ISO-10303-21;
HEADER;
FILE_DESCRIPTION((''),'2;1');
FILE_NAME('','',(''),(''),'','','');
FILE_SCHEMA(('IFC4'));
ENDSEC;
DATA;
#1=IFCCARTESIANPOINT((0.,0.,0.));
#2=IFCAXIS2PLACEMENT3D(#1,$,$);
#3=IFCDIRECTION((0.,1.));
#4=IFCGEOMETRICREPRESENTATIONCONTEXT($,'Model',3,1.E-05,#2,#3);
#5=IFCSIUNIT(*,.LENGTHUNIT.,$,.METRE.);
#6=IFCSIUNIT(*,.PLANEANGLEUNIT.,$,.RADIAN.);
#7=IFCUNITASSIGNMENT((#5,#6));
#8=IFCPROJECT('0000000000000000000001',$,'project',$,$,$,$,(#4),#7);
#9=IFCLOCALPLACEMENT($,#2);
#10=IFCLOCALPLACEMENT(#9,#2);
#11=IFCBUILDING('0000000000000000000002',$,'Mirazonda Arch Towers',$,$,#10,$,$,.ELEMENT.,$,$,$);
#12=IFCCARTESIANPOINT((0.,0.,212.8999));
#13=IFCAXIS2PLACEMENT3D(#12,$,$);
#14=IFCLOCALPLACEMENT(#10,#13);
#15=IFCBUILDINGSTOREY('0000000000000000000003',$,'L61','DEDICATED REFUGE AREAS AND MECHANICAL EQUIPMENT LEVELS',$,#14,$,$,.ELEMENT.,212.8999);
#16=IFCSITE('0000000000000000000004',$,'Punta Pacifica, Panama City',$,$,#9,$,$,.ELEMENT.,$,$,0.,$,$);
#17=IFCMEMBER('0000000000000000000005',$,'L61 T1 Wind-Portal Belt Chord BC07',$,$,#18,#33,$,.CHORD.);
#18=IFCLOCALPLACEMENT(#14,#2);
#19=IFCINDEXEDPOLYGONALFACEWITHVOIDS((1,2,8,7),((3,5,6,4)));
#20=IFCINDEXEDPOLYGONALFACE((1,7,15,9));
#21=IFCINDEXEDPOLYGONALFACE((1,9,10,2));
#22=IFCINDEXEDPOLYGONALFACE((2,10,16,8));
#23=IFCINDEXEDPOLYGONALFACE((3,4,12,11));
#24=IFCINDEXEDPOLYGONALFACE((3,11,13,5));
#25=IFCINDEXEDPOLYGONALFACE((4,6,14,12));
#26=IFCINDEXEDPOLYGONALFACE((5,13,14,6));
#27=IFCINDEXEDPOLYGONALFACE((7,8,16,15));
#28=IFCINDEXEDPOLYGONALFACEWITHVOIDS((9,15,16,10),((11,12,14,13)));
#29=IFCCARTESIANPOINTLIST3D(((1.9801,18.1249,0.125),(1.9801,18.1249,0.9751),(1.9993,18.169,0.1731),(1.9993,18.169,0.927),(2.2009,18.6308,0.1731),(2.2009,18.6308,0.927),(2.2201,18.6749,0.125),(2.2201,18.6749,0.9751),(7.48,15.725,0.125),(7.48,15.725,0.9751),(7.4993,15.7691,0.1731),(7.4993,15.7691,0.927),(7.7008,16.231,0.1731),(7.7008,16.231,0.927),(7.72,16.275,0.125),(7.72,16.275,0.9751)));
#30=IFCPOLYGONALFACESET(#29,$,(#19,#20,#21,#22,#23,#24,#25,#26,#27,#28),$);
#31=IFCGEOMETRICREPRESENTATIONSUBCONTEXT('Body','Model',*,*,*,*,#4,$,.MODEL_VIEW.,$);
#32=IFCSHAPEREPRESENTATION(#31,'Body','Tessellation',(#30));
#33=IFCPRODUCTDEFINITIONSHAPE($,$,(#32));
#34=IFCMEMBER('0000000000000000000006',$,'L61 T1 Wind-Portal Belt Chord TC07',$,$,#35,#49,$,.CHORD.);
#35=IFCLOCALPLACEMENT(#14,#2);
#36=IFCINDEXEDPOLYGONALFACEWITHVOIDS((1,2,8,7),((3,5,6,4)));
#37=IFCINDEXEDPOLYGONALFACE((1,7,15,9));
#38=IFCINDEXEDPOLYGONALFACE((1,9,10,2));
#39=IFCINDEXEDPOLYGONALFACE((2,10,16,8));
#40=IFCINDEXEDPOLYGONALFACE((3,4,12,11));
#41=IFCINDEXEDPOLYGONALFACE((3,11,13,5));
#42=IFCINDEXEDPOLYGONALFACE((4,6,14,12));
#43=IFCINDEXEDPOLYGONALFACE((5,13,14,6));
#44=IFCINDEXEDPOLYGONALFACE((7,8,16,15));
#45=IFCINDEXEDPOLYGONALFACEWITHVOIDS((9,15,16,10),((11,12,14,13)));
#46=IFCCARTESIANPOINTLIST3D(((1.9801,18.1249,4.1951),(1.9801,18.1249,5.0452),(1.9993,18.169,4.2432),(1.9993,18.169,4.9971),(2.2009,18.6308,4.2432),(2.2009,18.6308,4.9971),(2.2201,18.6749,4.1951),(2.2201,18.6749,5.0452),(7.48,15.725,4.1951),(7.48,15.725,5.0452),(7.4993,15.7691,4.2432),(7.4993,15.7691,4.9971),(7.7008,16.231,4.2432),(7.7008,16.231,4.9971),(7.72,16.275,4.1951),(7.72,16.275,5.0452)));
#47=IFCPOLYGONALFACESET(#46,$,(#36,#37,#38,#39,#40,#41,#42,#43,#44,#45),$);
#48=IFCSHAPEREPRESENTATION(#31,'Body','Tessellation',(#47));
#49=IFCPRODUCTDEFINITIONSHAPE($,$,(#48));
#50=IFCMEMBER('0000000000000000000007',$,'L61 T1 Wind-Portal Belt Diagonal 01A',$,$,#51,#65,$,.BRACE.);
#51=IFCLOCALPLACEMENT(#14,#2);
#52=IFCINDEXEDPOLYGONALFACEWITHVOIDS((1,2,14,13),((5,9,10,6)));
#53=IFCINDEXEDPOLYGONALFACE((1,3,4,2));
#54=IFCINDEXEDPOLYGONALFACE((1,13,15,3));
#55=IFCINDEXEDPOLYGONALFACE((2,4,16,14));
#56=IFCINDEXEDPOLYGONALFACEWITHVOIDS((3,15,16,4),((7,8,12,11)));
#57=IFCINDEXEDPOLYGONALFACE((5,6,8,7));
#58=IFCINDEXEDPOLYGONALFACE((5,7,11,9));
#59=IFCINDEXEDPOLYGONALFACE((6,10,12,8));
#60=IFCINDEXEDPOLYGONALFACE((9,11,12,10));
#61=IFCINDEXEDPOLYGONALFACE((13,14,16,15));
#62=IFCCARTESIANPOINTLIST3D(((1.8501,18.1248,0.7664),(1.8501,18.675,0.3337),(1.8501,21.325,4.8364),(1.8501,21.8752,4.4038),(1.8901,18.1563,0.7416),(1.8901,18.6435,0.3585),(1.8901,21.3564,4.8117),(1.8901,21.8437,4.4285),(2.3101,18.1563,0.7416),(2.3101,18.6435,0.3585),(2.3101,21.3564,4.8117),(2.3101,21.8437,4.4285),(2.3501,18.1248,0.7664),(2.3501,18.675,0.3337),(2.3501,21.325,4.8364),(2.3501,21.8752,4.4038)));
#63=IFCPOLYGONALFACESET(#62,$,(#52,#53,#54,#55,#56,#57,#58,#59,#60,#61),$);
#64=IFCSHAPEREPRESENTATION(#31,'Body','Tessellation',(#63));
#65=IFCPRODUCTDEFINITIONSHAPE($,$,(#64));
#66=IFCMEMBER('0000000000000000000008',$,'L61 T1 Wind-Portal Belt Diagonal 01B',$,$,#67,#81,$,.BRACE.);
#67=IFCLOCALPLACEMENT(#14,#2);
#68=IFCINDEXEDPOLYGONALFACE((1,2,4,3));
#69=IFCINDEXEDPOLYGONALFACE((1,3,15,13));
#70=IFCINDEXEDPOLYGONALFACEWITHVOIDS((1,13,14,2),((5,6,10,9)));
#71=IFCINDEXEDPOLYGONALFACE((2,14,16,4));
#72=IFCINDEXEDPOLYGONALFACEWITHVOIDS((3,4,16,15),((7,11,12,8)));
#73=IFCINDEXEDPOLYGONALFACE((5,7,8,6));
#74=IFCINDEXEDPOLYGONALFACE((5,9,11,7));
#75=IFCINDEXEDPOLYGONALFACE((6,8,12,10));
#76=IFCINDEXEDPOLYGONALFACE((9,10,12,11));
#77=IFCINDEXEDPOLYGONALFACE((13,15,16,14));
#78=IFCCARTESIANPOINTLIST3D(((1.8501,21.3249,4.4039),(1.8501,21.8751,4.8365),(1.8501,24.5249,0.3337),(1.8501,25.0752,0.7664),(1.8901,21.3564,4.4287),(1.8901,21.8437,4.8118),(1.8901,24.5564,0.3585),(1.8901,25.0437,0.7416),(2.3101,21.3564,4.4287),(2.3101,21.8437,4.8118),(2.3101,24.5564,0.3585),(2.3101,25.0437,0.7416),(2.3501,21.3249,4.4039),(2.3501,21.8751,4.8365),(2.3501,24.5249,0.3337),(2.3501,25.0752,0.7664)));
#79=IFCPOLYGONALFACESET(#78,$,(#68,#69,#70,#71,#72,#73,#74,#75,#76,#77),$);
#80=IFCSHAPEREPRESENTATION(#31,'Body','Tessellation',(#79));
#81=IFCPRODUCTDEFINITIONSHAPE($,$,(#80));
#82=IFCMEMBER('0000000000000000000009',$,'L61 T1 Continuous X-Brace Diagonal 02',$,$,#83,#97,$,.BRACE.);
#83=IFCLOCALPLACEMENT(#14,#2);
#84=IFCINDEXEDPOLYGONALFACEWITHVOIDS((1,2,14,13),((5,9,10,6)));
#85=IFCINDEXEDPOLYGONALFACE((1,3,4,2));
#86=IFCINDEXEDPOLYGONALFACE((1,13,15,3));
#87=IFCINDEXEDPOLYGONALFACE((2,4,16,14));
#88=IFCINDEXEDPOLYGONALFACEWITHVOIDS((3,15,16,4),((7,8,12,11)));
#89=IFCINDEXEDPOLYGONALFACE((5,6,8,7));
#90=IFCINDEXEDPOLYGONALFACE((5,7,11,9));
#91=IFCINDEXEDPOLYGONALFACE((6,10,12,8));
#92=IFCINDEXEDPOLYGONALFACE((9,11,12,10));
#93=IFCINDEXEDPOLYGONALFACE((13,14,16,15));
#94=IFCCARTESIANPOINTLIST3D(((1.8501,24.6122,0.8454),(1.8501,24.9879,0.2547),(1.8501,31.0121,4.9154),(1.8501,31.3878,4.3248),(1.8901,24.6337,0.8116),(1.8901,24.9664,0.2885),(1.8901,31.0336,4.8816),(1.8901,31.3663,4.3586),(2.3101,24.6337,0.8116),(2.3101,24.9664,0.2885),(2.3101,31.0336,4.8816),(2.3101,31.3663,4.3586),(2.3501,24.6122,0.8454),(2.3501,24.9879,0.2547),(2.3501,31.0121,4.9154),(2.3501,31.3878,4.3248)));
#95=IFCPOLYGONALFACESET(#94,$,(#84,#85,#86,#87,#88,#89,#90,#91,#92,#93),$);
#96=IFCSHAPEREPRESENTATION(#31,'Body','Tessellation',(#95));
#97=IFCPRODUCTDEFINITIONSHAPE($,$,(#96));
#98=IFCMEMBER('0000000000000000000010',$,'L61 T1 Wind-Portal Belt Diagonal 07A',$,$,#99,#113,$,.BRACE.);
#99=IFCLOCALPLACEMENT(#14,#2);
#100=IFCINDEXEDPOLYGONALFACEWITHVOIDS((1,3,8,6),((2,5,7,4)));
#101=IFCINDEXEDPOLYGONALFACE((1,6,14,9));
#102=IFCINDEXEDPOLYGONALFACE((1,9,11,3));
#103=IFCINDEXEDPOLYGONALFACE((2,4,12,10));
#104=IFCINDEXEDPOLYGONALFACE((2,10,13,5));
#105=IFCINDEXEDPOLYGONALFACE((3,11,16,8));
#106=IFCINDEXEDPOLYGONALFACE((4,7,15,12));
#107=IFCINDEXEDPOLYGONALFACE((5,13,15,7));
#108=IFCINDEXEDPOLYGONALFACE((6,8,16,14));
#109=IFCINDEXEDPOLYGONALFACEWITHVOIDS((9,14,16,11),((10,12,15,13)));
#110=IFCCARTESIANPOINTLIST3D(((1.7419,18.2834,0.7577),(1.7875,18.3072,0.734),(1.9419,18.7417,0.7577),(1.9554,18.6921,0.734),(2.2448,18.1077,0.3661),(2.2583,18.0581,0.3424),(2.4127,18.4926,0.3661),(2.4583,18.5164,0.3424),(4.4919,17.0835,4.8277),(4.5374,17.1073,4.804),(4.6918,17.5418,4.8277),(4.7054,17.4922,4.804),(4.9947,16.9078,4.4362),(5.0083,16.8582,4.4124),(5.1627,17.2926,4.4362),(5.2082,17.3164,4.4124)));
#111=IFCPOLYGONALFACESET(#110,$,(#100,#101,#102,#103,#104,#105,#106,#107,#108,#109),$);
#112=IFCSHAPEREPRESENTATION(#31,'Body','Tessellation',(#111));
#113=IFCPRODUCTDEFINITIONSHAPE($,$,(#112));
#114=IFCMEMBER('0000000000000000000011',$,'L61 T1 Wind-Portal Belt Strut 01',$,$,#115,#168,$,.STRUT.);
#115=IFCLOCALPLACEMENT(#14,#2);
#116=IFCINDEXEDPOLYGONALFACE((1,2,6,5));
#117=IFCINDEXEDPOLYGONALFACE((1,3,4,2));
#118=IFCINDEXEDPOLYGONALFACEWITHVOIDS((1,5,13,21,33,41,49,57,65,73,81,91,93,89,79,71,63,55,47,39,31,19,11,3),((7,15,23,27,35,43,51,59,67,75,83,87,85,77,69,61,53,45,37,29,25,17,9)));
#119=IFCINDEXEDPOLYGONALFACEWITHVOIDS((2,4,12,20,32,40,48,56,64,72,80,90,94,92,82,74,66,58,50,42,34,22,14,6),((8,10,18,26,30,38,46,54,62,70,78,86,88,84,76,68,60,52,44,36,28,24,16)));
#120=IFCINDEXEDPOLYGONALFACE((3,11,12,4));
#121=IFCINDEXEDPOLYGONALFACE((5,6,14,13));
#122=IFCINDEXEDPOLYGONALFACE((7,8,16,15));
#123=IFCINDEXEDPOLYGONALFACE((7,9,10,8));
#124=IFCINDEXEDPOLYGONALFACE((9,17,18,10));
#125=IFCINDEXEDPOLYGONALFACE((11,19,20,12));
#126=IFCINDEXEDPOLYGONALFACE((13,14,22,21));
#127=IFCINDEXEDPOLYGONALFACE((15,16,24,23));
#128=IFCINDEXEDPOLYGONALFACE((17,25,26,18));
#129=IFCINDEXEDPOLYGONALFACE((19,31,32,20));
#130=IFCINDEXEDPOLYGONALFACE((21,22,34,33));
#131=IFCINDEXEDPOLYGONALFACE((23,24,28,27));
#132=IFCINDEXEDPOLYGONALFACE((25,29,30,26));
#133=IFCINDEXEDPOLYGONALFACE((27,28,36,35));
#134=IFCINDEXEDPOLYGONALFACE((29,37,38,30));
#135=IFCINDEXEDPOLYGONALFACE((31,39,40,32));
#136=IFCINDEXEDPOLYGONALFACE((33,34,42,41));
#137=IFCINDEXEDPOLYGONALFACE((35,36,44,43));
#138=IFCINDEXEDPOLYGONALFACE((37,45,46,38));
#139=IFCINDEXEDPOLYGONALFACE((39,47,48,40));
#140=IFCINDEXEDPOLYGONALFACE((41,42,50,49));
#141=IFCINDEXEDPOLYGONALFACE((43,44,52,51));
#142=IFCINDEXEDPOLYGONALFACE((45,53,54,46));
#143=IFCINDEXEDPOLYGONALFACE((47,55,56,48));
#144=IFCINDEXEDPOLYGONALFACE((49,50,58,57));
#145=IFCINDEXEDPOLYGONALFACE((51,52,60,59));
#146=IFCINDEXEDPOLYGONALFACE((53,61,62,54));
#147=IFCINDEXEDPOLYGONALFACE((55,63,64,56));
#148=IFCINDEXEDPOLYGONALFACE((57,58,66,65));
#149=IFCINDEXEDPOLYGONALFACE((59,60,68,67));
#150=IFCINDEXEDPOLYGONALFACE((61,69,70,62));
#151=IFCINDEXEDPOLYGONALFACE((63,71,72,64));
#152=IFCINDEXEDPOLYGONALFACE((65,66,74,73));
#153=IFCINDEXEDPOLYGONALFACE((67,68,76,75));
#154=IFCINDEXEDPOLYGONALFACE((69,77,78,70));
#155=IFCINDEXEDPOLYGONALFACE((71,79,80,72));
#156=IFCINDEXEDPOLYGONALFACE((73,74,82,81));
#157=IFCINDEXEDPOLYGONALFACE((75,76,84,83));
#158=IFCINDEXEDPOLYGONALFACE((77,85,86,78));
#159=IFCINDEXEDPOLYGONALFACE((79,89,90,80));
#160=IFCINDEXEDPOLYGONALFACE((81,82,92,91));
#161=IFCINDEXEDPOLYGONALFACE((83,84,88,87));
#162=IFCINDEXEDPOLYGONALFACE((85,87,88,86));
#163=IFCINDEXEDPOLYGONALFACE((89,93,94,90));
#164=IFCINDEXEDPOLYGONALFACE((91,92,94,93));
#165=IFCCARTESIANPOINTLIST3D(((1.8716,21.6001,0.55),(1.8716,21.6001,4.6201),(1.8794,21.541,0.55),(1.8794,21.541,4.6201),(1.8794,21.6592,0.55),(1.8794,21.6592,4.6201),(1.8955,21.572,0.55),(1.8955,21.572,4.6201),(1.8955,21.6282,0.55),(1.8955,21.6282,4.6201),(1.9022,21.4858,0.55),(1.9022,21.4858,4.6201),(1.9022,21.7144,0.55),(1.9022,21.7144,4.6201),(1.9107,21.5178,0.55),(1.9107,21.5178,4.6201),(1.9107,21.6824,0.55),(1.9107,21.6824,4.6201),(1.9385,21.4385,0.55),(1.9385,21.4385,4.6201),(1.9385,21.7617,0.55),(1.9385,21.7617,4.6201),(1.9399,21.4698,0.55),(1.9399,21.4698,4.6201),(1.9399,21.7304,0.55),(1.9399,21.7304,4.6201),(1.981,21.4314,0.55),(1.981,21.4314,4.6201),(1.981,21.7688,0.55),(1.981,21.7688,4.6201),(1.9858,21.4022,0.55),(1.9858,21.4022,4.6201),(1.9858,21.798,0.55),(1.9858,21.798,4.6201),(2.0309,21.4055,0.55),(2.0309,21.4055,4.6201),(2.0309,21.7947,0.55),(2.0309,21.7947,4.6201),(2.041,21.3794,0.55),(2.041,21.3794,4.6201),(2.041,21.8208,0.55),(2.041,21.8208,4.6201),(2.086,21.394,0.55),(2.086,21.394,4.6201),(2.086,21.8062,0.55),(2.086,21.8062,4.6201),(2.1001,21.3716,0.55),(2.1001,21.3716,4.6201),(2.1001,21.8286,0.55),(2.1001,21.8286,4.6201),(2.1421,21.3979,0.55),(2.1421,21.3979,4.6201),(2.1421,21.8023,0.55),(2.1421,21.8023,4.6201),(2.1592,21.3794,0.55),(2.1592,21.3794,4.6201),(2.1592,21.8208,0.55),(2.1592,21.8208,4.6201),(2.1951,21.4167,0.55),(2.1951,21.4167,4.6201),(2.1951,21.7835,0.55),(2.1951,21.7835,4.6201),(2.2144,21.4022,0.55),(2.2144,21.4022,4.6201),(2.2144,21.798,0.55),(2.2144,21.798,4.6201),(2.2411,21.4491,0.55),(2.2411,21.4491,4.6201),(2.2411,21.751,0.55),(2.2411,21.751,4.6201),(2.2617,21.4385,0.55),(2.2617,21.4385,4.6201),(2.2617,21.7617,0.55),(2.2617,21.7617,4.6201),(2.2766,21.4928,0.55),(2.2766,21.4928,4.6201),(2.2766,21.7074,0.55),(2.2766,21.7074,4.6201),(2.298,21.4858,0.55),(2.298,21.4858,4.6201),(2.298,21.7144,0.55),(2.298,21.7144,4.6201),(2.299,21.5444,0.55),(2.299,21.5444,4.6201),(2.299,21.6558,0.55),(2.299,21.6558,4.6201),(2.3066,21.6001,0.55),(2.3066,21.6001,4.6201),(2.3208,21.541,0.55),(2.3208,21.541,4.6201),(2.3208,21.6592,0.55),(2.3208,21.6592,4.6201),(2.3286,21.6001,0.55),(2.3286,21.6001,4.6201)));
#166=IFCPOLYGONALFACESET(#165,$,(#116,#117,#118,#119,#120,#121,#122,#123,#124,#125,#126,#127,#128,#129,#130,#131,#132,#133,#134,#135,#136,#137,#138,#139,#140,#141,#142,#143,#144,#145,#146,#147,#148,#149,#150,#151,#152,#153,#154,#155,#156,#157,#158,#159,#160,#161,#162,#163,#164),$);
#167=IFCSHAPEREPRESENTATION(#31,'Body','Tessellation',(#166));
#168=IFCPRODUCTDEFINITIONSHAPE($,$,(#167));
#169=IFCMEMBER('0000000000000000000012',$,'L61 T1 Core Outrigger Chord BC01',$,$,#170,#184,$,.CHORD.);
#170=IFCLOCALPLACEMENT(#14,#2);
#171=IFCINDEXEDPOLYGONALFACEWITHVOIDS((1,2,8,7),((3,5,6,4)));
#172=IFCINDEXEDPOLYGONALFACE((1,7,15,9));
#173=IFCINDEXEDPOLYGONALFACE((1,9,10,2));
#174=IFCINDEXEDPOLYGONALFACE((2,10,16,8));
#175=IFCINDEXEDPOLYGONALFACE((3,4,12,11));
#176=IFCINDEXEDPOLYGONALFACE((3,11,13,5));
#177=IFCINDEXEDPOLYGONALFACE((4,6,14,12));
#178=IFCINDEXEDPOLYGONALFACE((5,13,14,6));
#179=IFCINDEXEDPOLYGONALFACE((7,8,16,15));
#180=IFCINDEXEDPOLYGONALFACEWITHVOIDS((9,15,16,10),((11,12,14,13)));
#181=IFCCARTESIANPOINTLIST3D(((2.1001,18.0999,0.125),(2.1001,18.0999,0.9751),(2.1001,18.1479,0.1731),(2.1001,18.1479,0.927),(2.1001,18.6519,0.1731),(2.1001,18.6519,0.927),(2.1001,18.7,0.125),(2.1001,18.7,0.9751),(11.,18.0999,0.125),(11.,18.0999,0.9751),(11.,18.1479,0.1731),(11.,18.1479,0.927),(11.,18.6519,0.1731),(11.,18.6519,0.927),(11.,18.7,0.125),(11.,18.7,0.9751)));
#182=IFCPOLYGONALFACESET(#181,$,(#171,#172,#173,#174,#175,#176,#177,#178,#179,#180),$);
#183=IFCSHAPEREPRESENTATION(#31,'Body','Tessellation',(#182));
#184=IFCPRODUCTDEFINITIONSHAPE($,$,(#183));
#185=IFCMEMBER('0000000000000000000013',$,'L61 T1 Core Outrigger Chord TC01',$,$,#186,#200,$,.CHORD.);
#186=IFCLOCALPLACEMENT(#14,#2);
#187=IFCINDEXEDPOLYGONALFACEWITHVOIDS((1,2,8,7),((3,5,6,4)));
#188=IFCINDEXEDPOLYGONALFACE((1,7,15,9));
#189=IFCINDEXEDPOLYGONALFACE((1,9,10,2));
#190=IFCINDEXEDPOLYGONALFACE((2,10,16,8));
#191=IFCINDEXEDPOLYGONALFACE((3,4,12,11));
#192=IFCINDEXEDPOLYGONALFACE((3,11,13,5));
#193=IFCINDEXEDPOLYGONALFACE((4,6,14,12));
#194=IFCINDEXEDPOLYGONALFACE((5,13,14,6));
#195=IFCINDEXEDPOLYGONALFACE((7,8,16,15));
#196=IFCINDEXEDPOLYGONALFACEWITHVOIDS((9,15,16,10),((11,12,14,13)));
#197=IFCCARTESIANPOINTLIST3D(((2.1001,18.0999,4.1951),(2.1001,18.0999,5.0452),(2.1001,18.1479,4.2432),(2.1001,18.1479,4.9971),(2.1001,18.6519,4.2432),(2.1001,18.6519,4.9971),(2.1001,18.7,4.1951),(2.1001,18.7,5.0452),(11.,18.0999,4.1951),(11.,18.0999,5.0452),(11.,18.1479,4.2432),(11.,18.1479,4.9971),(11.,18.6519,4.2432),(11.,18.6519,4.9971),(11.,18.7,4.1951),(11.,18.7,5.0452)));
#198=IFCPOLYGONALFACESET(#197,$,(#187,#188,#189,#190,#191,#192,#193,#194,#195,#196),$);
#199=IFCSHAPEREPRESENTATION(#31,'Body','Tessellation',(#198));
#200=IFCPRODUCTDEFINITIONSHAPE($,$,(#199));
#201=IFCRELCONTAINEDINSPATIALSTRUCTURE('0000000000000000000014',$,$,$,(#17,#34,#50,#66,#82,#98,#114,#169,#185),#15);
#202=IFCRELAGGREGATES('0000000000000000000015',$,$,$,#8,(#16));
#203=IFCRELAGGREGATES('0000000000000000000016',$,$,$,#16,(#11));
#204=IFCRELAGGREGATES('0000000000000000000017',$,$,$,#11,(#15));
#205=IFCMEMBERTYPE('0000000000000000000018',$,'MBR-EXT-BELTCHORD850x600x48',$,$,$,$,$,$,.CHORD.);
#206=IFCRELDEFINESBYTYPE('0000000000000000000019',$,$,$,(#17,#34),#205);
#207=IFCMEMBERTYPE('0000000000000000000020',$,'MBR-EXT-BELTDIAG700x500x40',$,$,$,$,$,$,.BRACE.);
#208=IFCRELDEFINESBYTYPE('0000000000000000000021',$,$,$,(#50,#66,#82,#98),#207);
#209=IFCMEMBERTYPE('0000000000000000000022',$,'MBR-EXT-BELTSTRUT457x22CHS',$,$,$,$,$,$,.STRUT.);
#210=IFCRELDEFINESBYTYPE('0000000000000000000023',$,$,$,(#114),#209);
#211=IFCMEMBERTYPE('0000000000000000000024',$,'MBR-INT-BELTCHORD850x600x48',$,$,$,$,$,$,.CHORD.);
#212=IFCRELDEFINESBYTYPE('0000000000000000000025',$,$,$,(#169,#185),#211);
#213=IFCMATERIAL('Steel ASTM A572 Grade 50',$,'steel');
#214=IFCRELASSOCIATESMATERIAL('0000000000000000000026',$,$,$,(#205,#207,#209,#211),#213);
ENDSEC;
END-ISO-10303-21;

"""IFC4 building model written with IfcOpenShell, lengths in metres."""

from ifc_helpers import new_model, si_unit, direction, frame, origin, origin_2d, place, context, subcontext, project, spatial, hollow_rectangle, hollow_circle, extrude, material, material_profile, profile_set, type_object, element, save


model = new_model("IFC4")

# Units and contexts
model_context = context("Model", 3, precision=1e-05, world=origin(), true_north=direction((0.0, 1.0)))
body_context = subcontext(model_context, "Body", "Model", "MODEL_VIEW")
ifc_project = project(units=[si_unit("LENGTHUNIT", "METRE"), si_unit("PLANEANGLEUNIT", "RADIAN")], contexts=[model_context])

# Site, building, storey
site_placement = place(None, origin())
site = spatial("IfcSite", under=ifc_project, at=site_placement, Name="Punta Pacifica, Panama City", CompositionType="ELEMENT", RefElevation=0.0)
building_placement = place(site_placement, origin())
building = spatial("IfcBuilding", under=site, at=building_placement, Name="Mirazonda Arch Towers", CompositionType="ELEMENT")
storey_placement = place(building_placement, frame((0.0, 0.0, 212.8999)))
storey = spatial("IfcBuildingStorey", under=building, at=storey_placement, Name="L61", Description="DEDICATED REFUGE AREAS AND MECHANICAL EQUIPMENT LEVELS", CompositionType="ELEMENT", Elevation=212.8999)

# Shared definitions
ifc_material_1 = material(Name="Steel ASTM A572 Grade 50", Category="steel")

# Members
ifc_material_profile_1 = material_profile(ifc_material_1, hollow_rectangle(XDim=0.6001, YDim=0.8501, WallThickness=0.0481, at=origin_2d()), Name="BELTCHORD850x600x48")
ifc_profile_set_1 = profile_set([ifc_material_profile_1], Name="Steel ASTM A572 Grade 50")
member_type_1 = type_object("IfcMemberType", Name="MBR-EXT-BELTCHORD850x600x48", PredefinedType="CHORD", material=ifc_profile_set_1)
for number, where, z_axis, x_axis, name in (
    (1, (2.1001, 18.3999, 0.55), (0.916545, -0.399931, 0.0), (0.399931, 0.916545, 0.0), "L61 T1 Wind-Portal Belt Chord BC07"),
    (2, (2.1001, 18.3999, 4.6201), (0.916545, -0.399931, 0.0), (0.399931, 0.916545, 0.0), "L61 T1 Wind-Portal Belt Chord TC07"),
):
    element("IfcMember", number, at=place(storey_placement, frame(where, z_axis=z_axis, x_axis=x_axis)), inside=storey, type_object=member_type_1, Name=name, PredefinedType="CHORD", context=body_context, shape_type="SweptSolid", body=[
        extrude(hollow_rectangle(XDim=0.6001, YDim=0.8501, WallThickness=0.0481, at=origin_2d()), origin(), (0.0, 0.0, 1.0), 6.0007),
    ])
ifc_material_profile_2 = material_profile(ifc_material_1, hollow_rectangle(XDim=0.5, YDim=0.7, WallThickness=0.04, at=origin_2d()), Name="BELTDIAG700x500x40")
ifc_profile_set_2 = profile_set([ifc_material_profile_2], Name="Steel ASTM A572 Grade 50")
member_type_2 = type_object("IfcMemberType", Name="MBR-EXT-BELTDIAG700x500x40", PredefinedType="BRACE", material=ifc_profile_set_2)
for number, where, z_axis, x_axis, name in (
    (3, (2.1001, 18.3999, 0.55), (0.0, 0.618094, 0.786104), (-1.0, 0.0, 0.0), "L61 T1 Wind-Portal Belt Diagonal 01A"),
    (4, (2.1001, 24.8, 0.55), (0.0, -0.618065, 0.786127), (1.0, 0.0, 0.0), "L61 T1 Wind-Portal Belt Diagonal 01B"),
):
    element("IfcMember", number, at=place(storey_placement, frame(where, z_axis=z_axis, x_axis=x_axis)), inside=storey, type_object=member_type_2, Name=name, PredefinedType="BRACE", context=body_context, shape_type="SweptSolid", body=[
        extrude(hollow_rectangle(XDim=0.5, YDim=0.7, WallThickness=0.04, at=origin_2d()), origin(), (0.0, 0.0, 1.0), 5.1775),
    ])
member_1_placement = place(storey_placement, frame((2.1001, 24.8, 0.55), z_axis=(0.0, 0.843817, 0.536632), x_axis=(-1.0, 0.0, 0.0)))
element("IfcMember", 5, at=member_1_placement, inside=storey, type_object=member_type_2, Name="L61 T1 Continuous X-Brace Diagonal 02", PredefinedType="BRACE", context=body_context, shape_type="SweptSolid", body=[
    extrude(hollow_rectangle(XDim=0.5, YDim=0.7, WallThickness=0.04, at=origin_2d()), origin(), (0.0, 0.0, 1.0), 7.5845),
])
member_2_placement = place(storey_placement, frame((2.1001, 18.3999, 0.55), z_axis=(0.543858, -0.23731, 0.804924), x_axis=(0.399931, 0.916545, 0.0)))
element("IfcMember", 6, at=member_2_placement, inside=storey, type_object=member_type_2, Name="L61 T1 Wind-Portal Belt Diagonal 07A", PredefinedType="BRACE", context=body_context, shape_type="SweptSolid", body=[
    extrude(hollow_rectangle(XDim=0.5, YDim=0.7, WallThickness=0.04, at=origin_2d()), origin(), (0.0, 0.0, 1.0), 5.0564),
])
ifc_material_profile_3 = material_profile(ifc_material_1, hollow_circle(Radius=0.2285, WallThickness=0.022, at=origin_2d()), Name="BELTSTRUT457x22CHS")
ifc_profile_set_3 = profile_set([ifc_material_profile_3], Name="Steel ASTM A572 Grade 50")
member_type_3 = type_object("IfcMemberType", Name="MBR-EXT-BELTSTRUT457x22CHS", PredefinedType="STRUT", material=ifc_profile_set_3)
member_3_placement = place(storey_placement, frame((2.1001, 21.6001, 0.55), z_axis=(0.0, 0.0, 1.0), x_axis=(1.0, 0.0, 0.0)))
element("IfcMember", 7, at=member_3_placement, inside=storey, type_object=member_type_3, Name="L61 T1 Wind-Portal Belt Strut 01", PredefinedType="STRUT", context=body_context, shape_type="SweptSolid", body=[
    extrude(hollow_circle(Radius=0.2285, WallThickness=0.022, at=origin_2d()), origin(), (0.0, 0.0, 1.0), 4.0701),
])
ifc_material_profile_4 = material_profile(ifc_material_1, hollow_rectangle(XDim=0.6001, YDim=0.8501, WallThickness=0.0481, at=origin_2d()), Name="BELTCHORD850x600x48")
ifc_profile_set_4 = profile_set([ifc_material_profile_4], Name="Steel ASTM A572 Grade 50")
member_type_4 = type_object("IfcMemberType", Name="MBR-INT-BELTCHORD850x600x48", PredefinedType="CHORD", material=ifc_profile_set_4)
for number, where, z_axis, x_axis, name in (
    (8, (2.1001, 18.3999, 0.55), (1.0, 0.0, 0.0), (0.0, 1.0, 0.0), "L61 T1 Core Outrigger Chord BC01"),
    (9, (2.1001, 18.3999, 4.6201), (1.0, 0.0, 0.0), (0.0, 1.0, 0.0), "L61 T1 Core Outrigger Chord TC01"),
):
    element("IfcMember", number, at=place(storey_placement, frame(where, z_axis=z_axis, x_axis=x_axis)), inside=storey, type_object=member_type_4, Name=name, PredefinedType="CHORD", context=body_context, shape_type="SweptSolid", body=[
        extrude(hollow_rectangle(XDim=0.6001, YDim=0.8501, WallThickness=0.0481, at=origin_2d()), origin(), (0.0, 0.0, 1.0), 8.8999),
    ])

save(model, "model.ifc")
